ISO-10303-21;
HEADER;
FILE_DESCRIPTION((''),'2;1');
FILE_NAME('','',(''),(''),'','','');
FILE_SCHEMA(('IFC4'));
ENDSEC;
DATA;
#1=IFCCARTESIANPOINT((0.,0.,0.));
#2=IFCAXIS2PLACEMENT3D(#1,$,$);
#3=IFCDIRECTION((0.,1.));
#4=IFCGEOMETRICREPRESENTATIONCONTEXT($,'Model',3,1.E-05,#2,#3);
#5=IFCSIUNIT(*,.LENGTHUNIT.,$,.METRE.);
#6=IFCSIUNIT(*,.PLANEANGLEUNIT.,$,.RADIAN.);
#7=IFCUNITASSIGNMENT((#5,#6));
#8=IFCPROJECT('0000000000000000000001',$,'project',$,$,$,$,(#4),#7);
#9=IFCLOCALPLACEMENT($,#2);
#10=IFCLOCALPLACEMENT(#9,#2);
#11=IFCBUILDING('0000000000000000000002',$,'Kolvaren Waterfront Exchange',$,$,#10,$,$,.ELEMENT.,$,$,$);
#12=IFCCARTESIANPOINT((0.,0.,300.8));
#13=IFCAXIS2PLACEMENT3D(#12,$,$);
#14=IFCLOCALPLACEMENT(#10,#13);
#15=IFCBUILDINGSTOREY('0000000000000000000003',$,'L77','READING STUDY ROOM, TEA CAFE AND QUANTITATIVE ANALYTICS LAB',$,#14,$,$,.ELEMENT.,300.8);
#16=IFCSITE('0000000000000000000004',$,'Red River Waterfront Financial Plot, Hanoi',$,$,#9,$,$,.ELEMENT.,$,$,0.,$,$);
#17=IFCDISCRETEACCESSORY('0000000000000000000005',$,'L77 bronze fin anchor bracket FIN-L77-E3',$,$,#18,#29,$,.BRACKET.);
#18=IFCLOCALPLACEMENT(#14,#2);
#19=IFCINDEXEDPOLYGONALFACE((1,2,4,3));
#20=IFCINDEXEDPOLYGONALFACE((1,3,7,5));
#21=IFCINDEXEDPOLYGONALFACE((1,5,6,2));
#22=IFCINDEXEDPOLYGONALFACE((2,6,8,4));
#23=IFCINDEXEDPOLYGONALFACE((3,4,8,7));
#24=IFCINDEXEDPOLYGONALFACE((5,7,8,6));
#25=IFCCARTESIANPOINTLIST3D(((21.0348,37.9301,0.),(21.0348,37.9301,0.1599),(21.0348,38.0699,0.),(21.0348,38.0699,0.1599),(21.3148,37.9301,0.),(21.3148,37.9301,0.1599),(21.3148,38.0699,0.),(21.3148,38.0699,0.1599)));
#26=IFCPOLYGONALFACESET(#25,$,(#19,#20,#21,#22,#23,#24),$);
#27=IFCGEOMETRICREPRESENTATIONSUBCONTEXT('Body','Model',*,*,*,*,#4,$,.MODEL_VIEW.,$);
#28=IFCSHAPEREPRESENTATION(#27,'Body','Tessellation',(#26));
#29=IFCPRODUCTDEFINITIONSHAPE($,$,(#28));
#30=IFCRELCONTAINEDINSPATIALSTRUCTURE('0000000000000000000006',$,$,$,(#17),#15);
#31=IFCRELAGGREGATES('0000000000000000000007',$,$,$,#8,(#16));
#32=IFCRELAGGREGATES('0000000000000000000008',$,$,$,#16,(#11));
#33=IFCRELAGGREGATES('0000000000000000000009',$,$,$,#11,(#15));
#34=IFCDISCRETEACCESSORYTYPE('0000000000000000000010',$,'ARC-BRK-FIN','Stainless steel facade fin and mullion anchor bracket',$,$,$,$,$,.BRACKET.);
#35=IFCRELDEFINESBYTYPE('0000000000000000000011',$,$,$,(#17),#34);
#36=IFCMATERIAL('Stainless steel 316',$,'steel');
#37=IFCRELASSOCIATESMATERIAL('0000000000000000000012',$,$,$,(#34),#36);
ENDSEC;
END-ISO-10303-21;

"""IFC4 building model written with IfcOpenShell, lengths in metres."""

from ifc_helpers import new_model, si_unit, direction, frame, origin, origin_with_axes, origin_2d, place, context, subcontext, project, spatial, rectangle, extrude, source, transform, mapped, material, type_object, element, save


model = new_model("IFC4")

# Units and contexts
model_context = context("Model", 3, precision=1e-05, world=origin(), true_north=direction((0.0, 1.0)))
body_context = subcontext(model_context, "Body", "Model", "MODEL_VIEW")
ifc_project = project(units=[si_unit("LENGTHUNIT", "METRE"), si_unit("PLANEANGLEUNIT", "RADIAN")], contexts=[model_context])

# Site, building, storey
site_placement = place(None, origin())
site = spatial("IfcSite", under=ifc_project, at=site_placement, Name="Red River Waterfront Financial Plot, Hanoi", CompositionType="ELEMENT", RefElevation=0.0)
building_placement = place(site_placement, origin())
building = spatial("IfcBuilding", under=site, at=building_placement, Name="Kolvaren Waterfront Exchange", CompositionType="ELEMENT")
storey_placement = place(building_placement, frame((0.0, 0.0, 300.8)))
storey = spatial("IfcBuildingStorey", under=building, at=storey_placement, Name="L77", Description="READING STUDY ROOM, TEA CAFE AND QUANTITATIVE ANALYTICS LAB", CompositionType="ELEMENT", Elevation=300.8)

# Shared definitions
ifc_material_1 = material(Name="Stainless steel 316", Category="steel")

# Discrete accessory
discrete_accessory_type = type_object("IfcDiscreteAccessoryType", Name="ARC-BRK-FIN", Description="Stainless steel facade fin and mullion anchor bracket", PredefinedType="BRACKET", material=ifc_material_1)
shared_shape_1 = source(origin_with_axes(), body_context, "Body", "SweptSolid", [
    extrude(rectangle(XDim=0.28, YDim=0.1399, at=origin_2d()), origin(), (0.0, 0.0, 1.0), 0.1599),
])
for number, where, z_axis, x_axis, name in (
    (1, (21.1748, 38.0, 0.0), (0.0, 0.0, 1.0), (1.0, 0.0, 0.0), "L77 bronze fin anchor bracket FIN-L77-E3"),
):
    element("IfcDiscreteAccessory", number, at=place(storey_placement, frame(where, z_axis=z_axis, x_axis=x_axis)), inside=storey, type_object=discrete_accessory_type, Name=name, PredefinedType="BRACKET", context=body_context, shape_type="MappedRepresentation", body=[
        mapped(shared_shape_1, transform((0.0, 0.0, 0.0), x_axis=(1.0, 0.0, 0.0), y_axis=(0.0, 1.0, 0.0), z_axis=(0.0, 0.0, 1.0), scale=1.0)),
    ])

save(model, "model.ifc")
